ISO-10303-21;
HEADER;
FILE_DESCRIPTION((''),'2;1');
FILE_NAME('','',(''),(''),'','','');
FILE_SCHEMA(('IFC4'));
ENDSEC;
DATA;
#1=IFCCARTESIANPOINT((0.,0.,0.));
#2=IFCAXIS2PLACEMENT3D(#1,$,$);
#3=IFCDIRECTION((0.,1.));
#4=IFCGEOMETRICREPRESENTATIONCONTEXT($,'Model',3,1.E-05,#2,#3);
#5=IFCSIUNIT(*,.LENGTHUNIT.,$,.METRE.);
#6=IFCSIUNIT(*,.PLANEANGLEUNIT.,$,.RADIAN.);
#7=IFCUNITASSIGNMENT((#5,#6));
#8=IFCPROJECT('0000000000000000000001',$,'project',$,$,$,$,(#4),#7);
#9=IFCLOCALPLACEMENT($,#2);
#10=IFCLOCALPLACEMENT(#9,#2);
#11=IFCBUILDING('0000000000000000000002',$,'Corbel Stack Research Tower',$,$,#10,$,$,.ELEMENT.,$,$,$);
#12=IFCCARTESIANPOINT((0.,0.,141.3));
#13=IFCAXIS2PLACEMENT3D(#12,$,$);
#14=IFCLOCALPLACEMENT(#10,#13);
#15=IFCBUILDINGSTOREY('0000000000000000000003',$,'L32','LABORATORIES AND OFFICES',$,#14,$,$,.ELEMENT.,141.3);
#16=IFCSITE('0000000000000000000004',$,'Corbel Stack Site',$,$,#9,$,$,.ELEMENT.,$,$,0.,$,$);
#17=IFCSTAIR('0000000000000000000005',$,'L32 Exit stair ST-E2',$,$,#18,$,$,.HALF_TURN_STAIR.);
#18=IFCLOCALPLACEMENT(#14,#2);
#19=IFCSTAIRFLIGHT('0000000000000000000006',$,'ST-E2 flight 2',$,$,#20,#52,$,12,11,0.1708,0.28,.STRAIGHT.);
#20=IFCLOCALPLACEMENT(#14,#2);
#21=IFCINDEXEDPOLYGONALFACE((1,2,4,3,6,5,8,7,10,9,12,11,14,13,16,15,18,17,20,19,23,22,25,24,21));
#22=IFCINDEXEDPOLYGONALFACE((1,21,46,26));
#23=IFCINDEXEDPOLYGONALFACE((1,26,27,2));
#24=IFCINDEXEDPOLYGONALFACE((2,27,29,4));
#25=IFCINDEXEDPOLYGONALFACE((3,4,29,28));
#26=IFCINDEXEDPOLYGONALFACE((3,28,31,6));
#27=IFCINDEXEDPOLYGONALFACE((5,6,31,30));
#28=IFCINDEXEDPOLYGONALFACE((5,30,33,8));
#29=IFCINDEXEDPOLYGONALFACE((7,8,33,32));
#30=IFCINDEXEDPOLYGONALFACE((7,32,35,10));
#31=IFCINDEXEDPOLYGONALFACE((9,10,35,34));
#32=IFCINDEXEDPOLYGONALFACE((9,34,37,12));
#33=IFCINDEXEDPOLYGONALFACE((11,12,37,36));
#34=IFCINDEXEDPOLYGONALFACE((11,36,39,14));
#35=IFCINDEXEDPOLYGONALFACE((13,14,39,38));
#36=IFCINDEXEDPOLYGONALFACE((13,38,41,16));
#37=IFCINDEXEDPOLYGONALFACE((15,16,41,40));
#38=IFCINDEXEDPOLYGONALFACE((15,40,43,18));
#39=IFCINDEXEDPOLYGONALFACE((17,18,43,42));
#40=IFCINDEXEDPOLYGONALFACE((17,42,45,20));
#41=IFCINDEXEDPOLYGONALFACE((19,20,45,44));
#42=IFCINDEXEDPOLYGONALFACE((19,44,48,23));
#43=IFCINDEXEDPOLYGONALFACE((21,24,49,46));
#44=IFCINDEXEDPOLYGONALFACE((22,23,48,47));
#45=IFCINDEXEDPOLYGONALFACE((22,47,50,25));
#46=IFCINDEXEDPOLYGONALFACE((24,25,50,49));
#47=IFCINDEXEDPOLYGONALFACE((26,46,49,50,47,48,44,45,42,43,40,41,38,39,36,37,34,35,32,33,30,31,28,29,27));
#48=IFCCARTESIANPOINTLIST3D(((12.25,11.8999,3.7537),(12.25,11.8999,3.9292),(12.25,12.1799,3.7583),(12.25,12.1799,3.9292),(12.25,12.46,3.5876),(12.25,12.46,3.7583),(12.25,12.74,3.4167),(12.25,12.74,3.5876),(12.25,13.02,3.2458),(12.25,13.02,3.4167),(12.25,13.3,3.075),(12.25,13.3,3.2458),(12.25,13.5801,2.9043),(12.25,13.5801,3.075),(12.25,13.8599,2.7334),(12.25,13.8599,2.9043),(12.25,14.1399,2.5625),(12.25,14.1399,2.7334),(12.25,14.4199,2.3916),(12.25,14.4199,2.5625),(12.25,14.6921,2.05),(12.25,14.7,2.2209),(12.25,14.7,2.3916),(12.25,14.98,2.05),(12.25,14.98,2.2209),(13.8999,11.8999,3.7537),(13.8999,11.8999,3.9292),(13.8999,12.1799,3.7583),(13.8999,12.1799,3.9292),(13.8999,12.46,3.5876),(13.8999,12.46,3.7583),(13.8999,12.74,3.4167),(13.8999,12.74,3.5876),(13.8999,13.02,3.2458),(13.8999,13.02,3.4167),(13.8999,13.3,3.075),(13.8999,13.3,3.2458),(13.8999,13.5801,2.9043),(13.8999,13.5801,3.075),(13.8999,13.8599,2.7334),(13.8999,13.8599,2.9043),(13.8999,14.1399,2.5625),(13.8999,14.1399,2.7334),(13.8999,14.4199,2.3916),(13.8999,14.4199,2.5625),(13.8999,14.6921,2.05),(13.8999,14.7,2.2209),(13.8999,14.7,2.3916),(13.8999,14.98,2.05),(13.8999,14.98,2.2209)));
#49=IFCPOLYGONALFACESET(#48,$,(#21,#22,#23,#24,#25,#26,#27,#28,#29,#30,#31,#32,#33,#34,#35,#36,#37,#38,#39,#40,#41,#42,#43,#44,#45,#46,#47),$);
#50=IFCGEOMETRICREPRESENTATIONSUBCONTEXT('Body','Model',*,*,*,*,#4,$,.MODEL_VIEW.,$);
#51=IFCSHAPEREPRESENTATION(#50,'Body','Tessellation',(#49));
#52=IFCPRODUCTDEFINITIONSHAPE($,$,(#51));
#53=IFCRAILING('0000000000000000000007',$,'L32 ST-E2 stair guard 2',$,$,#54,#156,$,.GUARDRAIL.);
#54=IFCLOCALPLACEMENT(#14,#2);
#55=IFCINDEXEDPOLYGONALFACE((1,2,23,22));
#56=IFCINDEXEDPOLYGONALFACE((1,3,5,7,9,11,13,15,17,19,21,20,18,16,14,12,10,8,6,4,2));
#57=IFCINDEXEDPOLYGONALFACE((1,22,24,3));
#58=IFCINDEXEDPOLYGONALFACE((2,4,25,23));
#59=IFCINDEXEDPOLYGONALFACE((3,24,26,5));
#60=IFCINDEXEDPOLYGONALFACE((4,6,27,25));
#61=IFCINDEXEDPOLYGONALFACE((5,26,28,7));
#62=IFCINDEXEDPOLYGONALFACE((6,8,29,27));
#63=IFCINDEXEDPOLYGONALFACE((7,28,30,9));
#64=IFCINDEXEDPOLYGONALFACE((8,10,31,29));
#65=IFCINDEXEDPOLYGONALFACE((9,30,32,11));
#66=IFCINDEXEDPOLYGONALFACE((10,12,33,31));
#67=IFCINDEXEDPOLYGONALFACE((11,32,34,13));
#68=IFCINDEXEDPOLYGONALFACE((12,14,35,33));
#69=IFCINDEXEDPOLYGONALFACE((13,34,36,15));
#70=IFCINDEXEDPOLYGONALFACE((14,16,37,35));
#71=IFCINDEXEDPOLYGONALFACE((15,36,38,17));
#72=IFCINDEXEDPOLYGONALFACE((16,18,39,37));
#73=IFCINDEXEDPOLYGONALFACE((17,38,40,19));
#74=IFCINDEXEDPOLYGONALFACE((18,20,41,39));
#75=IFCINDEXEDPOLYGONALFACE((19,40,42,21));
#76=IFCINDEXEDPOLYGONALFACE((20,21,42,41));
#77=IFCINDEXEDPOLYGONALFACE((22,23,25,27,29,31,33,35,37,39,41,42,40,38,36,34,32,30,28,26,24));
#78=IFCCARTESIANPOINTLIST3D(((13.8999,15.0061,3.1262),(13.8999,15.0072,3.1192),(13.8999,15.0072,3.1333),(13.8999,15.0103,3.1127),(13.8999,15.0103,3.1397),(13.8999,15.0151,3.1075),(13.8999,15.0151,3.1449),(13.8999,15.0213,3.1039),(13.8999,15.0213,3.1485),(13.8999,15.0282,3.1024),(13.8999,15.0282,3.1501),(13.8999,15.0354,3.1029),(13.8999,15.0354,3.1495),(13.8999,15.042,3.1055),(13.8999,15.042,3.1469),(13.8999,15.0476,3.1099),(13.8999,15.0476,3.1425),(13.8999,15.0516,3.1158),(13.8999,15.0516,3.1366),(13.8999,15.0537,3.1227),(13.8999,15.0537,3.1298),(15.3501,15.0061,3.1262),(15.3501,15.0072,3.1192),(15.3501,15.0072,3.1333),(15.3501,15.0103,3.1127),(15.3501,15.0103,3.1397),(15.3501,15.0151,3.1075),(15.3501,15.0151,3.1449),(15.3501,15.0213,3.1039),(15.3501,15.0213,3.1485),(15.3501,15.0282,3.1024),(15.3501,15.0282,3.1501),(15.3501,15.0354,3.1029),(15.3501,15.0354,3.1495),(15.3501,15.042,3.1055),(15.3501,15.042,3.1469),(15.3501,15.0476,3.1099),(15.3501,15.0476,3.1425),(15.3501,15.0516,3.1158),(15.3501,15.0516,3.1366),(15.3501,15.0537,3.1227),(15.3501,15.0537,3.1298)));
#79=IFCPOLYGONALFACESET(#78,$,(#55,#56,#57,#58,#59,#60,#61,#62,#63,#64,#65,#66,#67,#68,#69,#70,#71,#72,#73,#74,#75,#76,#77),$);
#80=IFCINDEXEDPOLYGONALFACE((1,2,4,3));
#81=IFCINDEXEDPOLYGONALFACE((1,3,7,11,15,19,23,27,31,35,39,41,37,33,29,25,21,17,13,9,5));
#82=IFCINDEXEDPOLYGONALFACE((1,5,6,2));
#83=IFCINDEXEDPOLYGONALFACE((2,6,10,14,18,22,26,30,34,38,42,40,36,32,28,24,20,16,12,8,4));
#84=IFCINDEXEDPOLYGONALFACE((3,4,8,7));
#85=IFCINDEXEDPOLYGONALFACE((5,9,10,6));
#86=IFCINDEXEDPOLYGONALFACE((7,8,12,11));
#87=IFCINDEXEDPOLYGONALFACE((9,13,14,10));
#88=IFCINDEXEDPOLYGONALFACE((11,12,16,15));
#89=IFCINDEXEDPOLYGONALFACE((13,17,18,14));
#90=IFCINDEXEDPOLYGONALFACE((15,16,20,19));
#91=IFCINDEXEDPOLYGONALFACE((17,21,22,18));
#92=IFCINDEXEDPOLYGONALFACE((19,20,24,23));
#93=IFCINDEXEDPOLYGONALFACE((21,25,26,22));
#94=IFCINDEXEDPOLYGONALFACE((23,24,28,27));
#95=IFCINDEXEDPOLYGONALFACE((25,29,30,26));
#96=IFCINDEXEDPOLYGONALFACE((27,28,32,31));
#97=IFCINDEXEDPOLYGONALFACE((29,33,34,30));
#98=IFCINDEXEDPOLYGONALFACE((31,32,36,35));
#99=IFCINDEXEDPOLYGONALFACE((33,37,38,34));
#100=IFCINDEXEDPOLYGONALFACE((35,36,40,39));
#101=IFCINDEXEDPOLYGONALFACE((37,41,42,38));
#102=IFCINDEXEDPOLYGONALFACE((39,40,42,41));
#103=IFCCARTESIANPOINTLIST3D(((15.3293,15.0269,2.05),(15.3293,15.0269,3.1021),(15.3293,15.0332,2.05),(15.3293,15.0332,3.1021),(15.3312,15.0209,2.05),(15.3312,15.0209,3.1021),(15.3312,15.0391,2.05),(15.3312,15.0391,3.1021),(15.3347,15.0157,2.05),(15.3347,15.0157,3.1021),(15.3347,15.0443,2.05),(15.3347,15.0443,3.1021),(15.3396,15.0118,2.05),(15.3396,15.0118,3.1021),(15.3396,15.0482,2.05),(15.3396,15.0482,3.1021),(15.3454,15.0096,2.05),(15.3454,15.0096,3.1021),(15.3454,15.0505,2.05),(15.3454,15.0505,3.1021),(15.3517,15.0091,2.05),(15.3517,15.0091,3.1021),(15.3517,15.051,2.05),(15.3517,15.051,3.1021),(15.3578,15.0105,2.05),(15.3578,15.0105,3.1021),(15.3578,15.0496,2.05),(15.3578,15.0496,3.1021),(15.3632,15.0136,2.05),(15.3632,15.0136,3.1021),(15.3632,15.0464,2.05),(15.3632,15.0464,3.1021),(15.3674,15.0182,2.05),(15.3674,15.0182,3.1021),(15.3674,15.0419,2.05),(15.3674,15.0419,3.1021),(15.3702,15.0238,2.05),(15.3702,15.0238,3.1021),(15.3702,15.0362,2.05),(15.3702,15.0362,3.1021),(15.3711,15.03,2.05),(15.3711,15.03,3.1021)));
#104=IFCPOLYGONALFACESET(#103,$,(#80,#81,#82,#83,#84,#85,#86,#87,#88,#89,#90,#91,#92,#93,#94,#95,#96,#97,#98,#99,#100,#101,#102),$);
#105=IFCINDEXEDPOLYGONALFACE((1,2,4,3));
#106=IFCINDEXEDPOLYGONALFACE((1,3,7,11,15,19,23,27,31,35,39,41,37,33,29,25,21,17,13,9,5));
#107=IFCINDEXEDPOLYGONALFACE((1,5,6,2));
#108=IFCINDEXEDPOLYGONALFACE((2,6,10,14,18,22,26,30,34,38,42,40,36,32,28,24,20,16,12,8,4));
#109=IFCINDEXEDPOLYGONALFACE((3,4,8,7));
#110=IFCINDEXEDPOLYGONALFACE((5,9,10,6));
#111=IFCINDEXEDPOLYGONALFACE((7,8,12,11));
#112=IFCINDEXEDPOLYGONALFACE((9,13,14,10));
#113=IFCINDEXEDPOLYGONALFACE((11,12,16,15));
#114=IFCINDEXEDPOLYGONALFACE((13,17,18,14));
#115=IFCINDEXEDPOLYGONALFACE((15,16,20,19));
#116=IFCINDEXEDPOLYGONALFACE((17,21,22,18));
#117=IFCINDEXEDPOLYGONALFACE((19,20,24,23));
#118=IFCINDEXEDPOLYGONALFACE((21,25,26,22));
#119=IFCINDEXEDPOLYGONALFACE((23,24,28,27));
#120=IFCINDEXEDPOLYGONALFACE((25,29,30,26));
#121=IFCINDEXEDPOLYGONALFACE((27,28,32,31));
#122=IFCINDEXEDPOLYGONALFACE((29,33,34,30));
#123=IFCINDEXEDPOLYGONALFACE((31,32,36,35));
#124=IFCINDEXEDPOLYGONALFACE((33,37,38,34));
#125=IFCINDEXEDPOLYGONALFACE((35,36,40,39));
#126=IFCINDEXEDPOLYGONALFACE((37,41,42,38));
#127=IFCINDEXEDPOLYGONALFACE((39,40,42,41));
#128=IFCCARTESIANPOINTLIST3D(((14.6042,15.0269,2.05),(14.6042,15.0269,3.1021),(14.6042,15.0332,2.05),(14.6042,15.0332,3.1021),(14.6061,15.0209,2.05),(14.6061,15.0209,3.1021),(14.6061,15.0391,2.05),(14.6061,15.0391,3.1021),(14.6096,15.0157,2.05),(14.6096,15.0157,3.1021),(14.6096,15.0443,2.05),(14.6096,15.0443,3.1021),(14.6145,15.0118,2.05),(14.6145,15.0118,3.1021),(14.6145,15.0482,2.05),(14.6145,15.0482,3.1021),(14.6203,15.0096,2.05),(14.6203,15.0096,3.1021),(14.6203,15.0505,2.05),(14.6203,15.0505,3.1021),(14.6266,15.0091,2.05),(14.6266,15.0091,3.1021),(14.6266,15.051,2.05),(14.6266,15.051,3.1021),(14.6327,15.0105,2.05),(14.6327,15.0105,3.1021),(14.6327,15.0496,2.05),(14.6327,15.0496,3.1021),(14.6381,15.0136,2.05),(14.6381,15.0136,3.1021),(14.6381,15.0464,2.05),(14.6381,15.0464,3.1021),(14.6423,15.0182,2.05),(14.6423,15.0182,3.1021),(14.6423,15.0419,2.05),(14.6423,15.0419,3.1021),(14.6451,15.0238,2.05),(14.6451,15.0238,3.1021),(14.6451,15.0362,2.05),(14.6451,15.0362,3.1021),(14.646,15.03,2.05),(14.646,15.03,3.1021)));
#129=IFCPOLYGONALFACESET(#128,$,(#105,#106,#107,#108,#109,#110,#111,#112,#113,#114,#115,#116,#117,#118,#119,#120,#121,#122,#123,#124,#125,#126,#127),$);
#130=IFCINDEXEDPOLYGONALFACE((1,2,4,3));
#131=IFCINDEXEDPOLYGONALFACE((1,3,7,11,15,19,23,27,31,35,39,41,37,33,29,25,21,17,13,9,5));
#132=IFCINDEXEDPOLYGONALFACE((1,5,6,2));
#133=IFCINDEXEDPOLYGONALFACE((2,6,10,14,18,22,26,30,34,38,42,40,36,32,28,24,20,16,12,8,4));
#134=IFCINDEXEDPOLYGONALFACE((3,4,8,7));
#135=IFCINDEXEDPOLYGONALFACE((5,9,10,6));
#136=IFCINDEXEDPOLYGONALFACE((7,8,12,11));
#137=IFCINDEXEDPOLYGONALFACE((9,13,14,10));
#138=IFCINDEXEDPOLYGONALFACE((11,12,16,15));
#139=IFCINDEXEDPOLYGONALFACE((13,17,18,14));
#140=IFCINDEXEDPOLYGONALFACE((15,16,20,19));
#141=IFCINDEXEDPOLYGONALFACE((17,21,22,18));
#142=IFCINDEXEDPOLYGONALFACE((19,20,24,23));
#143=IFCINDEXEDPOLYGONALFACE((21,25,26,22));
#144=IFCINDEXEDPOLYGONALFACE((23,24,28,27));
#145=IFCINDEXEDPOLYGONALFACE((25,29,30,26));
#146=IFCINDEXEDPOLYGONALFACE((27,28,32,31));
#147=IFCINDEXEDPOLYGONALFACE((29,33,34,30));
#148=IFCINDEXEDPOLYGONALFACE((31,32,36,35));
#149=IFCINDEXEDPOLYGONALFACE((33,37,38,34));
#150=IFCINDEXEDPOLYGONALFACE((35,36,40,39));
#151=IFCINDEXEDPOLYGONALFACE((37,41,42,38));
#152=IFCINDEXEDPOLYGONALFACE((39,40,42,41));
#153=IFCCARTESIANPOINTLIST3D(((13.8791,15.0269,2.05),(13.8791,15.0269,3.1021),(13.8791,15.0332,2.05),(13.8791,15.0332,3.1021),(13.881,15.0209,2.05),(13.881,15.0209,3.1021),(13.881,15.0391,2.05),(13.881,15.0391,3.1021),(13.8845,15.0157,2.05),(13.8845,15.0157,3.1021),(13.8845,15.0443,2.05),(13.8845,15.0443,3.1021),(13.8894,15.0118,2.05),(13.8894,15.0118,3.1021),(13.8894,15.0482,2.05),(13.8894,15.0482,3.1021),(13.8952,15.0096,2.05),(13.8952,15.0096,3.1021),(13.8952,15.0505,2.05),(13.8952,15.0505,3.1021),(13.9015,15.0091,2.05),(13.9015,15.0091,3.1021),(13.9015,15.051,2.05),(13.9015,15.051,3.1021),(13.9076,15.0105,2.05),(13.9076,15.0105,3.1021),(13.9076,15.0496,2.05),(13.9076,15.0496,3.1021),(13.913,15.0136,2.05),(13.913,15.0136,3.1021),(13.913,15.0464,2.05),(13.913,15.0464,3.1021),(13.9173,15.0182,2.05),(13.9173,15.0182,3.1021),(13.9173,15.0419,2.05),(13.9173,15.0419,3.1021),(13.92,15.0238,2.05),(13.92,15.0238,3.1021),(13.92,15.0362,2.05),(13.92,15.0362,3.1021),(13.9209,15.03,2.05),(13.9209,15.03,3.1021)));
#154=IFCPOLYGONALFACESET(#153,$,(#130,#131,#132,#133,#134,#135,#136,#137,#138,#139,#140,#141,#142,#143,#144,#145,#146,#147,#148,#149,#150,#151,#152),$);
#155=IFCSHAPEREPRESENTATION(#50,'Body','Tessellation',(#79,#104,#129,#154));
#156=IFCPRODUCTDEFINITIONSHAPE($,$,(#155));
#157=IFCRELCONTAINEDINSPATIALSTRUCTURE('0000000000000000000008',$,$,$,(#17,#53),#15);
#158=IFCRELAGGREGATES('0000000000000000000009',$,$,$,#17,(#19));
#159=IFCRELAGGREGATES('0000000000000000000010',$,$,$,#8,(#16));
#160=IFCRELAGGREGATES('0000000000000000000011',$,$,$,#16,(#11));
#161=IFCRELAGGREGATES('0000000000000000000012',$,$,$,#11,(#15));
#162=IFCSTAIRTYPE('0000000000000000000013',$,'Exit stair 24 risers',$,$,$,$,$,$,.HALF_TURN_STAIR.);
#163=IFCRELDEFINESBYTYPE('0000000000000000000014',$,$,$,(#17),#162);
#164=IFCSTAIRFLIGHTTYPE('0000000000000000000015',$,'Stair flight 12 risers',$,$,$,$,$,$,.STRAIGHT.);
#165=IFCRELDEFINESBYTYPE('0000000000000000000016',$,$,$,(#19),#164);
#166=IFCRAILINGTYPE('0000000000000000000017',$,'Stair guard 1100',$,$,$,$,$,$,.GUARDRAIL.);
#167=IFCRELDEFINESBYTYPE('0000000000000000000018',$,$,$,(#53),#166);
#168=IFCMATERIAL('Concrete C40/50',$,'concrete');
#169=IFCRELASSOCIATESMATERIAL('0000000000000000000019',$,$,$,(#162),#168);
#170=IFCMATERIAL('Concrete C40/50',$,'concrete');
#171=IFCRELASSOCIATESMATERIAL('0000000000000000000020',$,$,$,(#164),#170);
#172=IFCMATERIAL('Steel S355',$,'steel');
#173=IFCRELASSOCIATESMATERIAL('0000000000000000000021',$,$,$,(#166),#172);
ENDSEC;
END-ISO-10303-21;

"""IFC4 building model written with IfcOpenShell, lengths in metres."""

from ifc_helpers import new_model, si_unit, direction, frame, origin, origin_2d, place, context, subcontext, project, spatial, polyline, circle, outline, extrude, material, type_object, element, aggregate, save


model = new_model("IFC4")

# Units and contexts
model_context = context("Model", 3, precision=1e-05, world=origin(), true_north=direction((0.0, 1.0)))
body_context = subcontext(model_context, "Body", "Model", "MODEL_VIEW")
ifc_project = project(units=[si_unit("LENGTHUNIT", "METRE"), si_unit("PLANEANGLEUNIT", "RADIAN")], contexts=[model_context])

# Site, building, storey
site_placement = place(None, origin())
site = spatial("IfcSite", under=ifc_project, at=site_placement, Name="Corbel Stack Site", CompositionType="ELEMENT", RefElevation=0.0)
building_placement = place(site_placement, origin())
building = spatial("IfcBuilding", under=site, at=building_placement, Name="Corbel Stack Research Tower", CompositionType="ELEMENT")
storey_placement = place(building_placement, frame((0.0, 0.0, 141.3)))
storey = spatial("IfcBuildingStorey", under=building, at=storey_placement, Name="L32", Description="LABORATORIES AND OFFICES", CompositionType="ELEMENT", Elevation=141.3)

# Stair, stair flight
ifc_material_1 = material(Name="Concrete C40/50", Category="concrete")
stair_type = type_object("IfcStairType", Name="Exit stair 24 risers", PredefinedType="HALF_TURN_STAIR", material=ifc_material_1)
stair_placement = place(storey_placement, origin())
stair = element("IfcStair", 1, at=stair_placement, inside=storey, type_object=stair_type, Name="L32 Exit stair ST-E2", PredefinedType="HALF_TURN_STAIR")
ifc_material_2 = material(Name="Concrete C40/50", Category="concrete")
stair_flight_type = type_object("IfcStairFlightType", Name="Stair flight 12 risers", PredefinedType="STRAIGHT", material=ifc_material_2)
stair_flight_placement = place(storey_placement, frame((13.075, 14.98, 2.05), z_axis=(0.0, 0.0, 1.0), x_axis=(0.0, -1.0, 0.0)))
stair_flight = element("IfcStairFlight", 2, at=stair_flight_placement, type_object=stair_flight_type, Name="ST-E2 flight 2", NumberOfRisers=12, NumberOfTreads=11, PredefinedType="STRAIGHT", RiserHeight=0.1708, TreadLength=0.28, context=body_context, shape_type="SweptSolid", body=[
    extrude(outline(polyline([(0.0, 0.0), (0.0, 0.1709), (0.28, 0.1709), (0.28, 0.3416), (0.5601, 0.3416), (0.5601, 0.5125), (0.8401, 0.5125), (0.8401, 0.6833), (1.1201, 0.6833), (1.1201, 0.8542), (1.3999, 0.8542), (1.3999, 1.0249), (1.6799, 1.0249), (1.6799, 1.1958), (1.96, 1.1958), (1.96, 1.3667), (2.24, 1.3667), (2.24, 1.5376), (2.52, 1.5376), (2.52, 1.7083), (2.8, 1.7083), (2.8, 1.8792), (3.0801, 1.8792), (3.0801, 2.05), (3.0801, 1.7036), (0.2878, 0.0), (0.0, 0.0)])), frame((0.0, 0.825, 0.0), z_axis=(0.0, -1.0, 0.0), x_axis=(1.0, 0.0, 0.0)), (0.0, 0.0, 1.0), 1.6499),
])
aggregate(stair, [stair_flight])

# Railing
ifc_material_3 = material(Name="Steel S355", Category="steel")
railing_type_1 = type_object("IfcRailingType", Name="Stair guard 1100", PredefinedType="GUARDRAIL", material=ifc_material_3)
railing_1_placement = place(storey_placement, frame((15.3501, 15.03, 2.05)))
element("IfcRailing", 3, at=railing_1_placement, inside=storey, type_object=railing_type_1, Name="L32 ST-E2 stair guard 2", PredefinedType="GUARDRAIL", context=body_context, shape_type="SweptSolid", body=[
    extrude(circle(Radius=0.0239, at=origin_2d()), frame((0.0, 0.0, 1.0762), z_axis=(-1.0, 0.0, 0.0), x_axis=(0.0, -1.0, 0.0)), (0.0, 0.0, 1.0), 1.4502),
    extrude(circle(Radius=0.021, at=origin_2d()), origin(), (0.0, 0.0, 1.0), 1.052),
    extrude(circle(Radius=0.021, at=origin_2d()), frame((-0.7251, 0.0, 0.0)), (0.0, 0.0, 1.0), 1.052),
    extrude(circle(Radius=0.021, at=origin_2d()), frame((-1.4502, 0.0, 0.0)), (0.0, 0.0, 1.0), 1.052),
])

save(model, "model.ifc")
